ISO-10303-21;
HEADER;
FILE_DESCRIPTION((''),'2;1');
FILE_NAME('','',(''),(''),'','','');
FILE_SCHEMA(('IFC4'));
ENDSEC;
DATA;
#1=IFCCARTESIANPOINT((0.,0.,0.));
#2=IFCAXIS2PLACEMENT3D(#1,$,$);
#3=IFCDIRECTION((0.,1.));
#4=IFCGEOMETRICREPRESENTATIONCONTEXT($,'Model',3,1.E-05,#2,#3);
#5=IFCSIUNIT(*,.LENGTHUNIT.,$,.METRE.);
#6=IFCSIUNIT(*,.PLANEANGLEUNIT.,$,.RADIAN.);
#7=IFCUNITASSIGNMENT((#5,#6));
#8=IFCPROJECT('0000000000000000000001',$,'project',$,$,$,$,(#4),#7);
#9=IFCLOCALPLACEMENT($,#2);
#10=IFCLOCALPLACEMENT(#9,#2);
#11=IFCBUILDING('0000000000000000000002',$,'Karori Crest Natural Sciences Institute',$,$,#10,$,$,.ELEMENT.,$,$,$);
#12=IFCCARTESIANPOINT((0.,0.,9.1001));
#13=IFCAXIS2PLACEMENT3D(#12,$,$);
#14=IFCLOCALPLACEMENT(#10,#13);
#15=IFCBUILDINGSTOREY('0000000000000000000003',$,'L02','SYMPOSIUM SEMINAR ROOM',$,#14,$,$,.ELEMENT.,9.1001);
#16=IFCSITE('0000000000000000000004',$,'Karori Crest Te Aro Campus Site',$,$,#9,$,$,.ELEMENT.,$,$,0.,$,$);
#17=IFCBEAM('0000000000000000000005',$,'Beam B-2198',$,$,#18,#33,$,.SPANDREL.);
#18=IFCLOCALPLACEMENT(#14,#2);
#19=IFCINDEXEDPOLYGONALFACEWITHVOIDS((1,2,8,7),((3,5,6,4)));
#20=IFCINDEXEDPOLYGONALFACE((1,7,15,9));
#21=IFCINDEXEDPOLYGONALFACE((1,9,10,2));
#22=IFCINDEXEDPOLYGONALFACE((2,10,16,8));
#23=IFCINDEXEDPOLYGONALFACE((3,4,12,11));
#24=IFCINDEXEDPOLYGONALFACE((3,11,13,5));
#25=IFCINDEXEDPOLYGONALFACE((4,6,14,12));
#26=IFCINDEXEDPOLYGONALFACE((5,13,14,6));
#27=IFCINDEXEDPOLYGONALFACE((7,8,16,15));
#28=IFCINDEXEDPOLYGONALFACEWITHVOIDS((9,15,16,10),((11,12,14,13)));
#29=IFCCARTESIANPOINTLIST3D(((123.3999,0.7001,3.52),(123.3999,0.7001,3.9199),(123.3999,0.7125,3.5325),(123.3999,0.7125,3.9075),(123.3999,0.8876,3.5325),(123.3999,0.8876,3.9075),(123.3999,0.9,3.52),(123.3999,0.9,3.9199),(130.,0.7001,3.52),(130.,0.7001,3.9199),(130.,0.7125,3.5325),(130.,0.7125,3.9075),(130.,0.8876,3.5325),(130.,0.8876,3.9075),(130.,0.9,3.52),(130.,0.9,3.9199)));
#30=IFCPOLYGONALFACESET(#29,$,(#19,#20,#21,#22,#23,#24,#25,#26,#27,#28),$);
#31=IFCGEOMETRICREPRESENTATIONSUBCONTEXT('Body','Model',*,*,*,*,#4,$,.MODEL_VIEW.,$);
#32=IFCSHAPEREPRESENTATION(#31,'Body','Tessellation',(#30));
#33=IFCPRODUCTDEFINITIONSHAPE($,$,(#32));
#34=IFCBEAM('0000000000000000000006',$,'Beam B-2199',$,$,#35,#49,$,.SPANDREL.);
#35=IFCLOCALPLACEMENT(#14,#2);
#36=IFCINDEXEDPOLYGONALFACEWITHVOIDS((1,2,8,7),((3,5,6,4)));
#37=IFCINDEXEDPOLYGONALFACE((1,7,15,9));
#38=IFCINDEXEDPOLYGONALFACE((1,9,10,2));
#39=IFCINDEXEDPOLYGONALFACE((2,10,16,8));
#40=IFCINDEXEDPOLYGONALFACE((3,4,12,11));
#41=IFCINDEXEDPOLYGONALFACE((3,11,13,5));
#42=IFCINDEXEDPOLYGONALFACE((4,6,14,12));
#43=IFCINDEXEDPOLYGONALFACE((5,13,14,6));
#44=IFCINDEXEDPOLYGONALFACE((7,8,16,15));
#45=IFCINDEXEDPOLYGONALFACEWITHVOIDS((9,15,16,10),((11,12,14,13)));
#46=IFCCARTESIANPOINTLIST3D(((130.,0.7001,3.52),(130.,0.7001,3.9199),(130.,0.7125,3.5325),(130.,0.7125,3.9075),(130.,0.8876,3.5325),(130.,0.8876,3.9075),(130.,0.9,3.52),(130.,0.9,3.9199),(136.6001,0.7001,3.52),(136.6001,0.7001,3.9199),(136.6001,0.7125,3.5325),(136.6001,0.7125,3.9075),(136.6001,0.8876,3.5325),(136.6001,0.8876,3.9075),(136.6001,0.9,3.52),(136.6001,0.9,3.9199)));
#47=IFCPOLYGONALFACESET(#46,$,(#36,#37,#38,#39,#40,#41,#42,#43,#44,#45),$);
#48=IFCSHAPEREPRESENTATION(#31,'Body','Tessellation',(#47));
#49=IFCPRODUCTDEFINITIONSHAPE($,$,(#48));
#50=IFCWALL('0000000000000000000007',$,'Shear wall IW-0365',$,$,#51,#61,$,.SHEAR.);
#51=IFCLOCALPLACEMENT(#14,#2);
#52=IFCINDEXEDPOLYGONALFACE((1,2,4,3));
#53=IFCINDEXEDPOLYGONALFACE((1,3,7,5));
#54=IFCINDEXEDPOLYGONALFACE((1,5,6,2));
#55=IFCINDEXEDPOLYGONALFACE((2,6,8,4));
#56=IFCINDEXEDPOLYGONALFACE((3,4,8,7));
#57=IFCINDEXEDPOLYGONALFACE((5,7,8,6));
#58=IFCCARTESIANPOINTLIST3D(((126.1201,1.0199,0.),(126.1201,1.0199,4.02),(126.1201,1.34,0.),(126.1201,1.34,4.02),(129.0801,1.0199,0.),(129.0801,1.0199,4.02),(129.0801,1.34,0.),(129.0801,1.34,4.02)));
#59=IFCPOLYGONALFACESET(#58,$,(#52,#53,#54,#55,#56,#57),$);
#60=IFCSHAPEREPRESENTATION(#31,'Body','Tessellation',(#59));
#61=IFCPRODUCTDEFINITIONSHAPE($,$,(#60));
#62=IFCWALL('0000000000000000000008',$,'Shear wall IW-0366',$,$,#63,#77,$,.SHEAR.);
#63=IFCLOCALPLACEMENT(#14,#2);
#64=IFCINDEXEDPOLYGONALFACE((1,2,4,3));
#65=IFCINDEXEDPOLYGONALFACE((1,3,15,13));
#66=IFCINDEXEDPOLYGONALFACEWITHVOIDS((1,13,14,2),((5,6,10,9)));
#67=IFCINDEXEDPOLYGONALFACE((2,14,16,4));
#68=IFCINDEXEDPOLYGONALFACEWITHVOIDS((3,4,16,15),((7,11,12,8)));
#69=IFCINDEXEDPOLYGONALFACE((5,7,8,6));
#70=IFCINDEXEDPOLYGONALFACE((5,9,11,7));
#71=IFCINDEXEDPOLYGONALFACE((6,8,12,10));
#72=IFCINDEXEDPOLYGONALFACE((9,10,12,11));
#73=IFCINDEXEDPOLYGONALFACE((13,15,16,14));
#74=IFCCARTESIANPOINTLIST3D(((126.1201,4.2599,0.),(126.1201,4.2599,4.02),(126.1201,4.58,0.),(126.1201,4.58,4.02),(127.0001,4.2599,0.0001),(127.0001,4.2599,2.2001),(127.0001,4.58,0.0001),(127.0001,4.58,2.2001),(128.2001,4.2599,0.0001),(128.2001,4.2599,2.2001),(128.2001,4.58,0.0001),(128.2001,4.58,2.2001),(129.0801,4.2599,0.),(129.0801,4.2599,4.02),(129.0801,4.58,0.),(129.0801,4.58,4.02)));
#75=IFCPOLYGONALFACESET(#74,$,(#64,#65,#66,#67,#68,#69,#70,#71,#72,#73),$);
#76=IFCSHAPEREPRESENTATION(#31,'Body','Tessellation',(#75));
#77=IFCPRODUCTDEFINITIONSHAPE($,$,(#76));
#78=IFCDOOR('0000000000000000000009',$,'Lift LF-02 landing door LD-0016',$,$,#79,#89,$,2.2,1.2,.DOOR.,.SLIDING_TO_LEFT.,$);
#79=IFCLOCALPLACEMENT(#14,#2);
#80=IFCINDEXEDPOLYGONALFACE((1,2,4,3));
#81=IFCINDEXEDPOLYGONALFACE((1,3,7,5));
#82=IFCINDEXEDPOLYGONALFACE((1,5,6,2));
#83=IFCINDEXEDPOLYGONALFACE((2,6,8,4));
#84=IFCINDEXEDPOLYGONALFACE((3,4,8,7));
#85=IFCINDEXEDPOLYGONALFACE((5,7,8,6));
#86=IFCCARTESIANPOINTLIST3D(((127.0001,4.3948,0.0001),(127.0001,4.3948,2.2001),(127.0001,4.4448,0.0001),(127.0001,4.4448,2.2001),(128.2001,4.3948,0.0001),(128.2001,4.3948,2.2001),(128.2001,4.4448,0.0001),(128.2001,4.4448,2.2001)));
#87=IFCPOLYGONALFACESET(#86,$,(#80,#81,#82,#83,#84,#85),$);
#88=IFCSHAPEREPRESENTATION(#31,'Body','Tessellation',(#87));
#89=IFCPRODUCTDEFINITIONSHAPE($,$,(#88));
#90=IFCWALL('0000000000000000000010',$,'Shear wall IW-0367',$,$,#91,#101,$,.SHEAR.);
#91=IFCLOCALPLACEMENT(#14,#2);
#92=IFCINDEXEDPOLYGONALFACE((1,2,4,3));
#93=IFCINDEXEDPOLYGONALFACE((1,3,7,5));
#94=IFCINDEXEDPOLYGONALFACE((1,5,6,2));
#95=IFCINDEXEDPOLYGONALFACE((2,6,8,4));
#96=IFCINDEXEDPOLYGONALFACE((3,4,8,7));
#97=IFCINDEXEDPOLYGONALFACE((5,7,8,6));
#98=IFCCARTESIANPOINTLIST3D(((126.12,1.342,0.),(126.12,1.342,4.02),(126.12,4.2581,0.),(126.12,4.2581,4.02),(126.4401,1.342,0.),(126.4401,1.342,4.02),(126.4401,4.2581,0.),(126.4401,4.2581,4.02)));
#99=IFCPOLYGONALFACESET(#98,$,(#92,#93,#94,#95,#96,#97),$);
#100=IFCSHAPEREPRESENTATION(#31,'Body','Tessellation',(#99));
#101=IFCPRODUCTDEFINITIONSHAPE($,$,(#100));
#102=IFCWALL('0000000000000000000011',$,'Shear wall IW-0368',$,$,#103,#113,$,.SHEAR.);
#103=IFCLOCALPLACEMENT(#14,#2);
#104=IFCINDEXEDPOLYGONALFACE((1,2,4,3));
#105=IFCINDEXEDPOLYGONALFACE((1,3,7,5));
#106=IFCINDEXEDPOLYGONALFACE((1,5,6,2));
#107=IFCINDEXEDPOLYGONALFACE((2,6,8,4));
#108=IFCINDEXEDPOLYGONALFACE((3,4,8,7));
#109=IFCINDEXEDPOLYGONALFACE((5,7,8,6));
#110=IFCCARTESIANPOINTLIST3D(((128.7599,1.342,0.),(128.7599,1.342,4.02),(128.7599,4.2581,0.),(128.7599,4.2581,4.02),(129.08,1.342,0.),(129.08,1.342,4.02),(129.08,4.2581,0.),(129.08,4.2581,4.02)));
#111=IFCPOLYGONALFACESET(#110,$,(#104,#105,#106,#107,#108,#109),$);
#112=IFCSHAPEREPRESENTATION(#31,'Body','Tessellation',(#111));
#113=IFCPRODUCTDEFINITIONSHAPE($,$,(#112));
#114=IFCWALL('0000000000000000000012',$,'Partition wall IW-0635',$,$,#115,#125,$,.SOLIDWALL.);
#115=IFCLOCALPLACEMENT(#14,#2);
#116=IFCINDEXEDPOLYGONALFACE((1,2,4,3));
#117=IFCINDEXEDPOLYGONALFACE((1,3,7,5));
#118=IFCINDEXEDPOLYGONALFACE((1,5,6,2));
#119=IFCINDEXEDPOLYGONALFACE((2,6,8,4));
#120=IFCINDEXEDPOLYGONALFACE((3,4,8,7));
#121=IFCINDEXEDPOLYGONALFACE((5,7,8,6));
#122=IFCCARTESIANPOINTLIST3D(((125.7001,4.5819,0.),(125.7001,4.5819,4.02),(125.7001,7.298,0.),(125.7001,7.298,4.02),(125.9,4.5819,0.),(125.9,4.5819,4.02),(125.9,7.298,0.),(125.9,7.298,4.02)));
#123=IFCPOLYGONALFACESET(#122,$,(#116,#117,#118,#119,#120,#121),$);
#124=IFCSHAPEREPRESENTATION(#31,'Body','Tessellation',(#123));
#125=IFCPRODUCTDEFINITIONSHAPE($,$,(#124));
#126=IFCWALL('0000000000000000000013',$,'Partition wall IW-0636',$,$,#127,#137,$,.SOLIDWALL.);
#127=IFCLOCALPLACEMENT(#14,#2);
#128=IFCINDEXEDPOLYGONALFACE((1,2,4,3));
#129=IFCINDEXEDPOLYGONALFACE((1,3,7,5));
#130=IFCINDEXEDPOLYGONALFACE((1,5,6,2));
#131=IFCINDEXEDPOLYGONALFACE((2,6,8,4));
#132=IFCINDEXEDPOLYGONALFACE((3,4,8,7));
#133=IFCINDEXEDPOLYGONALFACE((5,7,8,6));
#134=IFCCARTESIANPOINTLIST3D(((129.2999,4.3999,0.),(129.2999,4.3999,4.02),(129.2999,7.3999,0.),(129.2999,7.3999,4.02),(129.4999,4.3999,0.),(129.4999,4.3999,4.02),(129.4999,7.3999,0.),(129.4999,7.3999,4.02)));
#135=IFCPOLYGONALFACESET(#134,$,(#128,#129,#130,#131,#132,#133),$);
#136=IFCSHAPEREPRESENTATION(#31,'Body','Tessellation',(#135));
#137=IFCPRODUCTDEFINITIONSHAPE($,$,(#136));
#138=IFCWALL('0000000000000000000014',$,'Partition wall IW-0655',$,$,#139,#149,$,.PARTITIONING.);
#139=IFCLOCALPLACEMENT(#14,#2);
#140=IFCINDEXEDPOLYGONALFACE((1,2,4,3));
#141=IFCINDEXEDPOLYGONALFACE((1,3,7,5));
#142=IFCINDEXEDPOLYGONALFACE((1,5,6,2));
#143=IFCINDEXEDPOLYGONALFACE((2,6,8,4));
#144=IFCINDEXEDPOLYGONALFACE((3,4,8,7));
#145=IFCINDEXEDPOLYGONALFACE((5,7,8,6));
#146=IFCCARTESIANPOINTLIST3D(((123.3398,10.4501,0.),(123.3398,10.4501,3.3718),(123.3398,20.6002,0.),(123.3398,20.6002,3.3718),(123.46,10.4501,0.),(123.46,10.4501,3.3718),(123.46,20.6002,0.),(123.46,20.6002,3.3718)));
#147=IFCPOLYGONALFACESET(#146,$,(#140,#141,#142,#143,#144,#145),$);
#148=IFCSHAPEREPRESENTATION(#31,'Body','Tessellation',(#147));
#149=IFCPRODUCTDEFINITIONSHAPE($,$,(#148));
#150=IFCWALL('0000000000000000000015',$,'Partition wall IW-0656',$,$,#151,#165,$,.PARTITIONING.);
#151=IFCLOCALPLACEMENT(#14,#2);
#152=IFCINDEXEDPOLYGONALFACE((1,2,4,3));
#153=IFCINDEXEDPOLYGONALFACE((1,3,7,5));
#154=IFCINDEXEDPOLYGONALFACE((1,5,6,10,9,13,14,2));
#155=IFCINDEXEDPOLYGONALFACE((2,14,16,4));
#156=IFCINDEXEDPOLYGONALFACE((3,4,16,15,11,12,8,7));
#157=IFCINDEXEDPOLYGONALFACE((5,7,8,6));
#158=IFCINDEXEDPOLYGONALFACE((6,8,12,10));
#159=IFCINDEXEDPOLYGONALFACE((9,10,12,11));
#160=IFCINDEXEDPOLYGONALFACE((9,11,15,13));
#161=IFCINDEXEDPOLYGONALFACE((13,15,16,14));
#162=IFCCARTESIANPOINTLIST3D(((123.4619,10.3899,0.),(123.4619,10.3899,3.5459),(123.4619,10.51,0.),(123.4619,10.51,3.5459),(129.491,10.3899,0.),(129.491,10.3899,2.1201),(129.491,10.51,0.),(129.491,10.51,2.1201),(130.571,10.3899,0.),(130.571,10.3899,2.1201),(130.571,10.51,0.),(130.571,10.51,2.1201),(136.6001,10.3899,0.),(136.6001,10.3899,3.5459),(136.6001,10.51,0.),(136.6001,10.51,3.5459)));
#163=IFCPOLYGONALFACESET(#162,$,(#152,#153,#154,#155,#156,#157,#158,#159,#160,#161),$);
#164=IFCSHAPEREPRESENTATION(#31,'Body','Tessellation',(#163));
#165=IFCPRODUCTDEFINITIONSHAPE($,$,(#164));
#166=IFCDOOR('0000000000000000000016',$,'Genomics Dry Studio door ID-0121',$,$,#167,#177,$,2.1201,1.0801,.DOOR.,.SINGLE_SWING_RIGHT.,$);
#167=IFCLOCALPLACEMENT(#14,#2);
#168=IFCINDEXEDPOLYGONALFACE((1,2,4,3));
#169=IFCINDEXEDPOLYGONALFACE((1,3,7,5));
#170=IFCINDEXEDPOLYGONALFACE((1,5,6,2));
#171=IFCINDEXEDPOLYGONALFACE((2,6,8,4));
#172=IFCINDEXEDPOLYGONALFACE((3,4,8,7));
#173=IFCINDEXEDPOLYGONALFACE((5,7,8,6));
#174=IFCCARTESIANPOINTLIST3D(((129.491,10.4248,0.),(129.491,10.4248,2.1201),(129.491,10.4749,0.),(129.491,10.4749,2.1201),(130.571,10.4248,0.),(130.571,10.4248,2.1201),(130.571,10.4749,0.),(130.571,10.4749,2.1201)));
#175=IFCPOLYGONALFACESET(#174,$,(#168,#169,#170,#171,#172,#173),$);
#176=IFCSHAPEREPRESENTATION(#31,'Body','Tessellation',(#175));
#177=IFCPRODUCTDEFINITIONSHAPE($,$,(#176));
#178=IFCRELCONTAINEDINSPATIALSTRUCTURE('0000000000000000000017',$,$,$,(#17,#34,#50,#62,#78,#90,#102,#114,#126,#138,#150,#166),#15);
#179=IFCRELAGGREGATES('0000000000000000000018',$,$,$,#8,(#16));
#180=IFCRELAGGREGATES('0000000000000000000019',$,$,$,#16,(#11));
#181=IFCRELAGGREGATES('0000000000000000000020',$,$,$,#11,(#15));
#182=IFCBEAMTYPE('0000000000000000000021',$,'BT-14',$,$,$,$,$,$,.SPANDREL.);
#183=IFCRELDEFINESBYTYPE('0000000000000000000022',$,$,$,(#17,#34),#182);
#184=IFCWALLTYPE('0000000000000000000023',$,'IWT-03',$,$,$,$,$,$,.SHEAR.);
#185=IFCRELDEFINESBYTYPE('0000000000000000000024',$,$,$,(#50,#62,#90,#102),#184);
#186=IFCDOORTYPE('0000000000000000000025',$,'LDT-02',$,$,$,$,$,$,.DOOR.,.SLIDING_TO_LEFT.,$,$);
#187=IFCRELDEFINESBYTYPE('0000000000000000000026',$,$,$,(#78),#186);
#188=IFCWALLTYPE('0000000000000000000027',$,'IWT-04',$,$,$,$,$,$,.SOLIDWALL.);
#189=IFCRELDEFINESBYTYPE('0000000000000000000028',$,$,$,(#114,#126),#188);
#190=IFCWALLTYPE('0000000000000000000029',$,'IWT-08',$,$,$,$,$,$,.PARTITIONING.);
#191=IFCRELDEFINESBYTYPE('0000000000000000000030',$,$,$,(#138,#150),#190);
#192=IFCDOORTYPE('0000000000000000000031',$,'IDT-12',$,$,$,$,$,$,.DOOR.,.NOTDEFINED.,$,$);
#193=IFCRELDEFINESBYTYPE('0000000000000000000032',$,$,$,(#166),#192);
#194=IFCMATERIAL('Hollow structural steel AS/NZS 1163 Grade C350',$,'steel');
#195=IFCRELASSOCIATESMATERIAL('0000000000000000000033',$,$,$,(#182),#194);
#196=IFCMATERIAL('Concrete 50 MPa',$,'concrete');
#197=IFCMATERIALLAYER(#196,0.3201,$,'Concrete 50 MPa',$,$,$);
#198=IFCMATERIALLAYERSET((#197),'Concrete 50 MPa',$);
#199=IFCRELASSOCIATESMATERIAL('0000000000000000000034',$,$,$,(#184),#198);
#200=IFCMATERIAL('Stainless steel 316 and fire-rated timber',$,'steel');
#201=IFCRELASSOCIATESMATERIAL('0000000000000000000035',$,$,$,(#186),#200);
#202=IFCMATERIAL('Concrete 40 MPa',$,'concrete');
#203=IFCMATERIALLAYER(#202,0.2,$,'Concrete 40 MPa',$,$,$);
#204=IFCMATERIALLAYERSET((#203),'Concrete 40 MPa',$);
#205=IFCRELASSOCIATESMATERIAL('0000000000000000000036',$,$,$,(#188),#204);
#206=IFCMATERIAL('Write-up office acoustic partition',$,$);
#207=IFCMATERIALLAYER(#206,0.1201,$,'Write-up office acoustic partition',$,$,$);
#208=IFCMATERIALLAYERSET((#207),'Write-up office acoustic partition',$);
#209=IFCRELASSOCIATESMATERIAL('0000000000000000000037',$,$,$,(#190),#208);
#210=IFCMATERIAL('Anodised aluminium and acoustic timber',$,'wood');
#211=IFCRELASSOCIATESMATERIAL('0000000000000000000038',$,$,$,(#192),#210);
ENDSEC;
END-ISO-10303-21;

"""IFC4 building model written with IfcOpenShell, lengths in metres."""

from ifc_helpers import new_model, si_unit, direction, frame, frame_2d, origin, origin_2d, place, context, subcontext, project, spatial, rectangle, hollow_rectangle, extrude, material, layer, layer_set, material_profile, profile_set, type_object, element, fill, save


model = new_model("IFC4")

# Units and contexts
model_context = context("Model", 3, precision=1e-05, world=origin(), true_north=direction((0.0, 1.0)))
body_context = subcontext(model_context, "Body", "Model", "MODEL_VIEW")
ifc_project = project(units=[si_unit("LENGTHUNIT", "METRE"), si_unit("PLANEANGLEUNIT", "RADIAN")], contexts=[model_context])

# Site, building, storey
site_placement = place(None, origin())
site = spatial("IfcSite", under=ifc_project, at=site_placement, Name="Karori Crest Te Aro Campus Site", CompositionType="ELEMENT", RefElevation=0.0)
building_placement = place(site_placement, origin())
building = spatial("IfcBuilding", under=site, at=building_placement, Name="Karori Crest Natural Sciences Institute", CompositionType="ELEMENT")
storey_placement = place(building_placement, frame((0.0, 0.0, 9.1001)))
storey = spatial("IfcBuildingStorey", under=building, at=storey_placement, Name="L02", Description="SYMPOSIUM SEMINAR ROOM", CompositionType="ELEMENT", Elevation=9.1001)

# Beams
ifc_material_1 = material(Name="Hollow structural steel AS/NZS 1163 Grade C350", Category="steel")
ifc_material_profile_1 = material_profile(ifc_material_1, hollow_rectangle(XDim=0.2, YDim=0.3999, WallThickness=0.0125, at=origin_2d()), Name="RHS400x200x12.5")
ifc_profile_set_1 = profile_set([ifc_material_profile_1], Name="Hollow structural steel AS/NZS 1163 Grade C350")
beam_type_1 = type_object("IfcBeamType", Name="BT-14", PredefinedType="SPANDREL", material=ifc_profile_set_1)
for number, where, z_axis, x_axis, name in (
    (1, (123.3999, 0.8, 3.72), (1.0, 0.0, 0.0), (0.0, 1.0, 0.0), "Beam B-2198"),
    (2, (130.0, 0.8, 3.72), (1.0, 0.0, 0.0), (0.0, 1.0, 0.0), "Beam B-2199"),
):
    element("IfcBeam", number, at=place(storey_placement, frame(where, z_axis=z_axis, x_axis=x_axis)), inside=storey, type_object=beam_type_1, Name=name, PredefinedType="SPANDREL", context=body_context, shape_type="SweptSolid", body=[
        extrude(hollow_rectangle(XDim=0.2, YDim=0.3999, WallThickness=0.0125, at=origin_2d()), origin(), (0.0, 0.0, 1.0), 6.6001),
    ])

# Wall
ifc_material_2 = material(Name="Concrete 50 MPa", Category="concrete")
ifc_layer_1 = layer(ifc_material_2, 0.3201, Name="Concrete 50 MPa")
ifc_layer_set_1 = layer_set([ifc_layer_1], Name="Concrete 50 MPa")
wall_type_1 = type_object("IfcWallType", Name="IWT-03", PredefinedType="SHEAR", material=ifc_layer_set_1)
wall_1_placement = place(storey_placement, frame((126.1201, 1.1799, 0.0), z_axis=(0.0, 0.0, 1.0), x_axis=(1.0, 0.0, 0.0)))
element("IfcWall", 3, at=wall_1_placement, inside=storey, type_object=wall_type_1, Name="Shear wall IW-0365", PredefinedType="SHEAR", context=body_context, shape_type="SweptSolid", body=[
    extrude(rectangle(XDim=2.96, YDim=0.3201, at=frame_2d((1.48, 0.0))), origin(), (0.0, 0.0, 1.0), 4.02),
])

# Wall, opening, door
wall_2_placement = place(storey_placement, frame((126.1201, 4.4199, 0.0), z_axis=(0.0, 0.0, 1.0), x_axis=(1.0, 0.0, 0.0)))
wall_2 = element("IfcWall", 4, at=wall_2_placement, inside=storey, type_object=wall_type_1, Name="Shear wall IW-0366", PredefinedType="SHEAR", context=body_context, shape_type="SweptSolid", body=[
    extrude(rectangle(XDim=2.96, YDim=0.3201, at=frame_2d((1.48, 0.0))), origin(), (0.0, 0.0, 1.0), 4.02),
])
opening_1_placement = place(wall_2_placement, frame((0.8799, 0.0, 0.0)))
opening_1 = element("IfcOpeningElement", 5, at=opening_1_placement, cuts=wall_2, PredefinedType="OPENING", context=body_context, shape_type="SweptSolid", body=[
    extrude(rectangle(XDim=1.2, YDim=2.2, at=frame_2d((0.6001, 1.1001))), frame((0.0, 0.1699, 0.0), z_axis=(0.0, -1.0, 0.0), x_axis=(1.0, 0.0, 0.0)), (0.0, 0.0, 1.0), 0.3401),
])
ifc_material_3 = material(Name="Stainless steel 316 and fire-rated timber", Category="steel")
door_type_1 = type_object("IfcDoorType", Name="LDT-02", OperationType="SLIDING_TO_LEFT", PredefinedType="DOOR", material=ifc_material_3)
door_1_placement = place(opening_1_placement, origin())
door_1 = element("IfcDoor", 6, at=door_1_placement, inside=storey, type_object=door_type_1, Name="Lift LF-02 landing door LD-0016", OperationType="SLIDING_TO_LEFT", OverallHeight=2.2, OverallWidth=1.2, PredefinedType="DOOR", context=body_context, shape_type="SweptSolid", body=[
    extrude(rectangle(XDim=1.2, YDim=2.2, at=frame_2d((0.6001, 1.1001))), frame((0.0, 0.0249, 0.0), z_axis=(0.0, -1.0, 0.0), x_axis=(1.0, 0.0, 0.0)), (0.0, 0.0, 1.0), 0.05),
])
fill(opening_1, door_1)

# Walls
for number, where, z_axis, x_axis, name in (
    (7, (126.28, 1.342, 0.0), (0.0, 0.0, 1.0), (0.0, 1.0, 0.0), "Shear wall IW-0367"),
    (8, (128.9199, 1.342, 0.0), (0.0, 0.0, 1.0), (0.0, 1.0, 0.0), "Shear wall IW-0368"),
):
    element("IfcWall", number, at=place(storey_placement, frame(where, z_axis=z_axis, x_axis=x_axis)), inside=storey, type_object=wall_type_1, Name=name, PredefinedType="SHEAR", context=body_context, shape_type="SweptSolid", body=[
        extrude(rectangle(XDim=2.916, YDim=0.3201, at=frame_2d((1.458, 0.0))), origin(), (0.0, 0.0, 1.0), 4.02),
    ])

# Shared definitions
ifc_material_4 = material(Name="Concrete 40 MPa", Category="concrete")
ifc_layer_2 = layer(ifc_material_4, 0.2, Name="Concrete 40 MPa")
ifc_layer_set_2 = layer_set([ifc_layer_2], Name="Concrete 40 MPa")
wall_type_2 = type_object("IfcWallType", Name="IWT-04", PredefinedType="SOLIDWALL", material=ifc_layer_set_2)

# Walls
wall_3_placement = place(storey_placement, frame((125.8, 4.582, 0.0), z_axis=(0.0, 0.0, 1.0), x_axis=(0.0, 1.0, 0.0)))
element("IfcWall", 9, at=wall_3_placement, inside=storey, type_object=wall_type_2, Name="Partition wall IW-0635", PredefinedType="SOLIDWALL", context=body_context, shape_type="SweptSolid", body=[
    extrude(rectangle(XDim=2.7161, YDim=0.2, at=frame_2d((1.3579, 0.0))), origin(), (0.0, 0.0, 1.0), 4.02),
])
wall_4_placement = place(storey_placement, frame((129.3999, 4.3999, 0.0), z_axis=(0.0, 0.0, 1.0), x_axis=(0.0, 1.0, 0.0)))
element("IfcWall", 10, at=wall_4_placement, inside=storey, type_object=wall_type_2, Name="Partition wall IW-0636", PredefinedType="SOLIDWALL", context=body_context, shape_type="SweptSolid", body=[
    extrude(rectangle(XDim=3.0, YDim=0.2, at=frame_2d((1.5, 0.0))), origin(), (0.0, 0.0, 1.0), 4.02),
])
ifc_material_5 = material(Name="Write-up office acoustic partition")
ifc_layer_3 = layer(ifc_material_5, 0.1201, Name="Write-up office acoustic partition")
ifc_layer_set_3 = layer_set([ifc_layer_3], Name="Write-up office acoustic partition")
wall_type_3 = type_object("IfcWallType", Name="IWT-08", PredefinedType="PARTITIONING", material=ifc_layer_set_3)
wall_5_placement = place(storey_placement, frame((123.3999, 10.45, 0.0), z_axis=(0.0, 0.0, 1.0), x_axis=(0.0, 1.0, 0.0)))
element("IfcWall", 11, at=wall_5_placement, inside=storey, type_object=wall_type_3, Name="Partition wall IW-0655", PredefinedType="PARTITIONING", context=body_context, shape_type="SweptSolid", body=[
    extrude(rectangle(XDim=10.1501, YDim=0.1201, at=frame_2d((5.0752, 0.0))), origin(), (0.0, 0.0, 1.0), 3.3718),
])

# Wall, opening, door
wall_6_placement = place(storey_placement, frame((123.4619, 10.45, 0.0), z_axis=(0.0, 0.0, 1.0), x_axis=(1.0, 0.0, 0.0)))
wall_6 = element("IfcWall", 12, at=wall_6_placement, inside=storey, type_object=wall_type_3, Name="Partition wall IW-0656", PredefinedType="PARTITIONING", context=body_context, shape_type="SweptSolid", body=[
    extrude(rectangle(XDim=13.1382, YDim=0.1201, at=frame_2d((6.5691, 0.0))), origin(), (0.0, 0.0, 1.0), 3.5459),
])
opening_2_placement = place(wall_6_placement, frame((6.0291, 0.0, 0.0)))
opening_2 = element("IfcOpeningElement", 13, at=opening_2_placement, cuts=wall_6, PredefinedType="OPENING", context=body_context, shape_type="SweptSolid", body=[
    extrude(rectangle(XDim=1.0801, YDim=2.1201, at=frame_2d((0.54, 1.0601))), frame((0.0, 0.0701, 0.0), z_axis=(0.0, -1.0, 0.0), x_axis=(1.0, 0.0, 0.0)), (0.0, 0.0, 1.0), 0.1401),
])
ifc_material_6 = material(Name="Anodised aluminium and acoustic timber", Category="wood")
door_type_2 = type_object("IfcDoorType", Name="IDT-12", OperationType="NOTDEFINED", PredefinedType="DOOR", material=ifc_material_6)
door_2_placement = place(opening_2_placement, origin())
door_2 = element("IfcDoor", 14, at=door_2_placement, inside=storey, type_object=door_type_2, Name="Genomics Dry Studio door ID-0121", OperationType="SINGLE_SWING_RIGHT", OverallHeight=2.1201, OverallWidth=1.0801, PredefinedType="DOOR", context=body_context, shape_type="SweptSolid", body=[
    extrude(rectangle(XDim=1.0801, YDim=2.1201, at=frame_2d((0.54, 1.0601))), frame((0.0, 0.0249, 0.0), z_axis=(0.0, -1.0, 0.0), x_axis=(1.0, 0.0, 0.0)), (0.0, 0.0, 1.0), 0.05),
])
fill(opening_2, door_2)

save(model, "model.ifc")
